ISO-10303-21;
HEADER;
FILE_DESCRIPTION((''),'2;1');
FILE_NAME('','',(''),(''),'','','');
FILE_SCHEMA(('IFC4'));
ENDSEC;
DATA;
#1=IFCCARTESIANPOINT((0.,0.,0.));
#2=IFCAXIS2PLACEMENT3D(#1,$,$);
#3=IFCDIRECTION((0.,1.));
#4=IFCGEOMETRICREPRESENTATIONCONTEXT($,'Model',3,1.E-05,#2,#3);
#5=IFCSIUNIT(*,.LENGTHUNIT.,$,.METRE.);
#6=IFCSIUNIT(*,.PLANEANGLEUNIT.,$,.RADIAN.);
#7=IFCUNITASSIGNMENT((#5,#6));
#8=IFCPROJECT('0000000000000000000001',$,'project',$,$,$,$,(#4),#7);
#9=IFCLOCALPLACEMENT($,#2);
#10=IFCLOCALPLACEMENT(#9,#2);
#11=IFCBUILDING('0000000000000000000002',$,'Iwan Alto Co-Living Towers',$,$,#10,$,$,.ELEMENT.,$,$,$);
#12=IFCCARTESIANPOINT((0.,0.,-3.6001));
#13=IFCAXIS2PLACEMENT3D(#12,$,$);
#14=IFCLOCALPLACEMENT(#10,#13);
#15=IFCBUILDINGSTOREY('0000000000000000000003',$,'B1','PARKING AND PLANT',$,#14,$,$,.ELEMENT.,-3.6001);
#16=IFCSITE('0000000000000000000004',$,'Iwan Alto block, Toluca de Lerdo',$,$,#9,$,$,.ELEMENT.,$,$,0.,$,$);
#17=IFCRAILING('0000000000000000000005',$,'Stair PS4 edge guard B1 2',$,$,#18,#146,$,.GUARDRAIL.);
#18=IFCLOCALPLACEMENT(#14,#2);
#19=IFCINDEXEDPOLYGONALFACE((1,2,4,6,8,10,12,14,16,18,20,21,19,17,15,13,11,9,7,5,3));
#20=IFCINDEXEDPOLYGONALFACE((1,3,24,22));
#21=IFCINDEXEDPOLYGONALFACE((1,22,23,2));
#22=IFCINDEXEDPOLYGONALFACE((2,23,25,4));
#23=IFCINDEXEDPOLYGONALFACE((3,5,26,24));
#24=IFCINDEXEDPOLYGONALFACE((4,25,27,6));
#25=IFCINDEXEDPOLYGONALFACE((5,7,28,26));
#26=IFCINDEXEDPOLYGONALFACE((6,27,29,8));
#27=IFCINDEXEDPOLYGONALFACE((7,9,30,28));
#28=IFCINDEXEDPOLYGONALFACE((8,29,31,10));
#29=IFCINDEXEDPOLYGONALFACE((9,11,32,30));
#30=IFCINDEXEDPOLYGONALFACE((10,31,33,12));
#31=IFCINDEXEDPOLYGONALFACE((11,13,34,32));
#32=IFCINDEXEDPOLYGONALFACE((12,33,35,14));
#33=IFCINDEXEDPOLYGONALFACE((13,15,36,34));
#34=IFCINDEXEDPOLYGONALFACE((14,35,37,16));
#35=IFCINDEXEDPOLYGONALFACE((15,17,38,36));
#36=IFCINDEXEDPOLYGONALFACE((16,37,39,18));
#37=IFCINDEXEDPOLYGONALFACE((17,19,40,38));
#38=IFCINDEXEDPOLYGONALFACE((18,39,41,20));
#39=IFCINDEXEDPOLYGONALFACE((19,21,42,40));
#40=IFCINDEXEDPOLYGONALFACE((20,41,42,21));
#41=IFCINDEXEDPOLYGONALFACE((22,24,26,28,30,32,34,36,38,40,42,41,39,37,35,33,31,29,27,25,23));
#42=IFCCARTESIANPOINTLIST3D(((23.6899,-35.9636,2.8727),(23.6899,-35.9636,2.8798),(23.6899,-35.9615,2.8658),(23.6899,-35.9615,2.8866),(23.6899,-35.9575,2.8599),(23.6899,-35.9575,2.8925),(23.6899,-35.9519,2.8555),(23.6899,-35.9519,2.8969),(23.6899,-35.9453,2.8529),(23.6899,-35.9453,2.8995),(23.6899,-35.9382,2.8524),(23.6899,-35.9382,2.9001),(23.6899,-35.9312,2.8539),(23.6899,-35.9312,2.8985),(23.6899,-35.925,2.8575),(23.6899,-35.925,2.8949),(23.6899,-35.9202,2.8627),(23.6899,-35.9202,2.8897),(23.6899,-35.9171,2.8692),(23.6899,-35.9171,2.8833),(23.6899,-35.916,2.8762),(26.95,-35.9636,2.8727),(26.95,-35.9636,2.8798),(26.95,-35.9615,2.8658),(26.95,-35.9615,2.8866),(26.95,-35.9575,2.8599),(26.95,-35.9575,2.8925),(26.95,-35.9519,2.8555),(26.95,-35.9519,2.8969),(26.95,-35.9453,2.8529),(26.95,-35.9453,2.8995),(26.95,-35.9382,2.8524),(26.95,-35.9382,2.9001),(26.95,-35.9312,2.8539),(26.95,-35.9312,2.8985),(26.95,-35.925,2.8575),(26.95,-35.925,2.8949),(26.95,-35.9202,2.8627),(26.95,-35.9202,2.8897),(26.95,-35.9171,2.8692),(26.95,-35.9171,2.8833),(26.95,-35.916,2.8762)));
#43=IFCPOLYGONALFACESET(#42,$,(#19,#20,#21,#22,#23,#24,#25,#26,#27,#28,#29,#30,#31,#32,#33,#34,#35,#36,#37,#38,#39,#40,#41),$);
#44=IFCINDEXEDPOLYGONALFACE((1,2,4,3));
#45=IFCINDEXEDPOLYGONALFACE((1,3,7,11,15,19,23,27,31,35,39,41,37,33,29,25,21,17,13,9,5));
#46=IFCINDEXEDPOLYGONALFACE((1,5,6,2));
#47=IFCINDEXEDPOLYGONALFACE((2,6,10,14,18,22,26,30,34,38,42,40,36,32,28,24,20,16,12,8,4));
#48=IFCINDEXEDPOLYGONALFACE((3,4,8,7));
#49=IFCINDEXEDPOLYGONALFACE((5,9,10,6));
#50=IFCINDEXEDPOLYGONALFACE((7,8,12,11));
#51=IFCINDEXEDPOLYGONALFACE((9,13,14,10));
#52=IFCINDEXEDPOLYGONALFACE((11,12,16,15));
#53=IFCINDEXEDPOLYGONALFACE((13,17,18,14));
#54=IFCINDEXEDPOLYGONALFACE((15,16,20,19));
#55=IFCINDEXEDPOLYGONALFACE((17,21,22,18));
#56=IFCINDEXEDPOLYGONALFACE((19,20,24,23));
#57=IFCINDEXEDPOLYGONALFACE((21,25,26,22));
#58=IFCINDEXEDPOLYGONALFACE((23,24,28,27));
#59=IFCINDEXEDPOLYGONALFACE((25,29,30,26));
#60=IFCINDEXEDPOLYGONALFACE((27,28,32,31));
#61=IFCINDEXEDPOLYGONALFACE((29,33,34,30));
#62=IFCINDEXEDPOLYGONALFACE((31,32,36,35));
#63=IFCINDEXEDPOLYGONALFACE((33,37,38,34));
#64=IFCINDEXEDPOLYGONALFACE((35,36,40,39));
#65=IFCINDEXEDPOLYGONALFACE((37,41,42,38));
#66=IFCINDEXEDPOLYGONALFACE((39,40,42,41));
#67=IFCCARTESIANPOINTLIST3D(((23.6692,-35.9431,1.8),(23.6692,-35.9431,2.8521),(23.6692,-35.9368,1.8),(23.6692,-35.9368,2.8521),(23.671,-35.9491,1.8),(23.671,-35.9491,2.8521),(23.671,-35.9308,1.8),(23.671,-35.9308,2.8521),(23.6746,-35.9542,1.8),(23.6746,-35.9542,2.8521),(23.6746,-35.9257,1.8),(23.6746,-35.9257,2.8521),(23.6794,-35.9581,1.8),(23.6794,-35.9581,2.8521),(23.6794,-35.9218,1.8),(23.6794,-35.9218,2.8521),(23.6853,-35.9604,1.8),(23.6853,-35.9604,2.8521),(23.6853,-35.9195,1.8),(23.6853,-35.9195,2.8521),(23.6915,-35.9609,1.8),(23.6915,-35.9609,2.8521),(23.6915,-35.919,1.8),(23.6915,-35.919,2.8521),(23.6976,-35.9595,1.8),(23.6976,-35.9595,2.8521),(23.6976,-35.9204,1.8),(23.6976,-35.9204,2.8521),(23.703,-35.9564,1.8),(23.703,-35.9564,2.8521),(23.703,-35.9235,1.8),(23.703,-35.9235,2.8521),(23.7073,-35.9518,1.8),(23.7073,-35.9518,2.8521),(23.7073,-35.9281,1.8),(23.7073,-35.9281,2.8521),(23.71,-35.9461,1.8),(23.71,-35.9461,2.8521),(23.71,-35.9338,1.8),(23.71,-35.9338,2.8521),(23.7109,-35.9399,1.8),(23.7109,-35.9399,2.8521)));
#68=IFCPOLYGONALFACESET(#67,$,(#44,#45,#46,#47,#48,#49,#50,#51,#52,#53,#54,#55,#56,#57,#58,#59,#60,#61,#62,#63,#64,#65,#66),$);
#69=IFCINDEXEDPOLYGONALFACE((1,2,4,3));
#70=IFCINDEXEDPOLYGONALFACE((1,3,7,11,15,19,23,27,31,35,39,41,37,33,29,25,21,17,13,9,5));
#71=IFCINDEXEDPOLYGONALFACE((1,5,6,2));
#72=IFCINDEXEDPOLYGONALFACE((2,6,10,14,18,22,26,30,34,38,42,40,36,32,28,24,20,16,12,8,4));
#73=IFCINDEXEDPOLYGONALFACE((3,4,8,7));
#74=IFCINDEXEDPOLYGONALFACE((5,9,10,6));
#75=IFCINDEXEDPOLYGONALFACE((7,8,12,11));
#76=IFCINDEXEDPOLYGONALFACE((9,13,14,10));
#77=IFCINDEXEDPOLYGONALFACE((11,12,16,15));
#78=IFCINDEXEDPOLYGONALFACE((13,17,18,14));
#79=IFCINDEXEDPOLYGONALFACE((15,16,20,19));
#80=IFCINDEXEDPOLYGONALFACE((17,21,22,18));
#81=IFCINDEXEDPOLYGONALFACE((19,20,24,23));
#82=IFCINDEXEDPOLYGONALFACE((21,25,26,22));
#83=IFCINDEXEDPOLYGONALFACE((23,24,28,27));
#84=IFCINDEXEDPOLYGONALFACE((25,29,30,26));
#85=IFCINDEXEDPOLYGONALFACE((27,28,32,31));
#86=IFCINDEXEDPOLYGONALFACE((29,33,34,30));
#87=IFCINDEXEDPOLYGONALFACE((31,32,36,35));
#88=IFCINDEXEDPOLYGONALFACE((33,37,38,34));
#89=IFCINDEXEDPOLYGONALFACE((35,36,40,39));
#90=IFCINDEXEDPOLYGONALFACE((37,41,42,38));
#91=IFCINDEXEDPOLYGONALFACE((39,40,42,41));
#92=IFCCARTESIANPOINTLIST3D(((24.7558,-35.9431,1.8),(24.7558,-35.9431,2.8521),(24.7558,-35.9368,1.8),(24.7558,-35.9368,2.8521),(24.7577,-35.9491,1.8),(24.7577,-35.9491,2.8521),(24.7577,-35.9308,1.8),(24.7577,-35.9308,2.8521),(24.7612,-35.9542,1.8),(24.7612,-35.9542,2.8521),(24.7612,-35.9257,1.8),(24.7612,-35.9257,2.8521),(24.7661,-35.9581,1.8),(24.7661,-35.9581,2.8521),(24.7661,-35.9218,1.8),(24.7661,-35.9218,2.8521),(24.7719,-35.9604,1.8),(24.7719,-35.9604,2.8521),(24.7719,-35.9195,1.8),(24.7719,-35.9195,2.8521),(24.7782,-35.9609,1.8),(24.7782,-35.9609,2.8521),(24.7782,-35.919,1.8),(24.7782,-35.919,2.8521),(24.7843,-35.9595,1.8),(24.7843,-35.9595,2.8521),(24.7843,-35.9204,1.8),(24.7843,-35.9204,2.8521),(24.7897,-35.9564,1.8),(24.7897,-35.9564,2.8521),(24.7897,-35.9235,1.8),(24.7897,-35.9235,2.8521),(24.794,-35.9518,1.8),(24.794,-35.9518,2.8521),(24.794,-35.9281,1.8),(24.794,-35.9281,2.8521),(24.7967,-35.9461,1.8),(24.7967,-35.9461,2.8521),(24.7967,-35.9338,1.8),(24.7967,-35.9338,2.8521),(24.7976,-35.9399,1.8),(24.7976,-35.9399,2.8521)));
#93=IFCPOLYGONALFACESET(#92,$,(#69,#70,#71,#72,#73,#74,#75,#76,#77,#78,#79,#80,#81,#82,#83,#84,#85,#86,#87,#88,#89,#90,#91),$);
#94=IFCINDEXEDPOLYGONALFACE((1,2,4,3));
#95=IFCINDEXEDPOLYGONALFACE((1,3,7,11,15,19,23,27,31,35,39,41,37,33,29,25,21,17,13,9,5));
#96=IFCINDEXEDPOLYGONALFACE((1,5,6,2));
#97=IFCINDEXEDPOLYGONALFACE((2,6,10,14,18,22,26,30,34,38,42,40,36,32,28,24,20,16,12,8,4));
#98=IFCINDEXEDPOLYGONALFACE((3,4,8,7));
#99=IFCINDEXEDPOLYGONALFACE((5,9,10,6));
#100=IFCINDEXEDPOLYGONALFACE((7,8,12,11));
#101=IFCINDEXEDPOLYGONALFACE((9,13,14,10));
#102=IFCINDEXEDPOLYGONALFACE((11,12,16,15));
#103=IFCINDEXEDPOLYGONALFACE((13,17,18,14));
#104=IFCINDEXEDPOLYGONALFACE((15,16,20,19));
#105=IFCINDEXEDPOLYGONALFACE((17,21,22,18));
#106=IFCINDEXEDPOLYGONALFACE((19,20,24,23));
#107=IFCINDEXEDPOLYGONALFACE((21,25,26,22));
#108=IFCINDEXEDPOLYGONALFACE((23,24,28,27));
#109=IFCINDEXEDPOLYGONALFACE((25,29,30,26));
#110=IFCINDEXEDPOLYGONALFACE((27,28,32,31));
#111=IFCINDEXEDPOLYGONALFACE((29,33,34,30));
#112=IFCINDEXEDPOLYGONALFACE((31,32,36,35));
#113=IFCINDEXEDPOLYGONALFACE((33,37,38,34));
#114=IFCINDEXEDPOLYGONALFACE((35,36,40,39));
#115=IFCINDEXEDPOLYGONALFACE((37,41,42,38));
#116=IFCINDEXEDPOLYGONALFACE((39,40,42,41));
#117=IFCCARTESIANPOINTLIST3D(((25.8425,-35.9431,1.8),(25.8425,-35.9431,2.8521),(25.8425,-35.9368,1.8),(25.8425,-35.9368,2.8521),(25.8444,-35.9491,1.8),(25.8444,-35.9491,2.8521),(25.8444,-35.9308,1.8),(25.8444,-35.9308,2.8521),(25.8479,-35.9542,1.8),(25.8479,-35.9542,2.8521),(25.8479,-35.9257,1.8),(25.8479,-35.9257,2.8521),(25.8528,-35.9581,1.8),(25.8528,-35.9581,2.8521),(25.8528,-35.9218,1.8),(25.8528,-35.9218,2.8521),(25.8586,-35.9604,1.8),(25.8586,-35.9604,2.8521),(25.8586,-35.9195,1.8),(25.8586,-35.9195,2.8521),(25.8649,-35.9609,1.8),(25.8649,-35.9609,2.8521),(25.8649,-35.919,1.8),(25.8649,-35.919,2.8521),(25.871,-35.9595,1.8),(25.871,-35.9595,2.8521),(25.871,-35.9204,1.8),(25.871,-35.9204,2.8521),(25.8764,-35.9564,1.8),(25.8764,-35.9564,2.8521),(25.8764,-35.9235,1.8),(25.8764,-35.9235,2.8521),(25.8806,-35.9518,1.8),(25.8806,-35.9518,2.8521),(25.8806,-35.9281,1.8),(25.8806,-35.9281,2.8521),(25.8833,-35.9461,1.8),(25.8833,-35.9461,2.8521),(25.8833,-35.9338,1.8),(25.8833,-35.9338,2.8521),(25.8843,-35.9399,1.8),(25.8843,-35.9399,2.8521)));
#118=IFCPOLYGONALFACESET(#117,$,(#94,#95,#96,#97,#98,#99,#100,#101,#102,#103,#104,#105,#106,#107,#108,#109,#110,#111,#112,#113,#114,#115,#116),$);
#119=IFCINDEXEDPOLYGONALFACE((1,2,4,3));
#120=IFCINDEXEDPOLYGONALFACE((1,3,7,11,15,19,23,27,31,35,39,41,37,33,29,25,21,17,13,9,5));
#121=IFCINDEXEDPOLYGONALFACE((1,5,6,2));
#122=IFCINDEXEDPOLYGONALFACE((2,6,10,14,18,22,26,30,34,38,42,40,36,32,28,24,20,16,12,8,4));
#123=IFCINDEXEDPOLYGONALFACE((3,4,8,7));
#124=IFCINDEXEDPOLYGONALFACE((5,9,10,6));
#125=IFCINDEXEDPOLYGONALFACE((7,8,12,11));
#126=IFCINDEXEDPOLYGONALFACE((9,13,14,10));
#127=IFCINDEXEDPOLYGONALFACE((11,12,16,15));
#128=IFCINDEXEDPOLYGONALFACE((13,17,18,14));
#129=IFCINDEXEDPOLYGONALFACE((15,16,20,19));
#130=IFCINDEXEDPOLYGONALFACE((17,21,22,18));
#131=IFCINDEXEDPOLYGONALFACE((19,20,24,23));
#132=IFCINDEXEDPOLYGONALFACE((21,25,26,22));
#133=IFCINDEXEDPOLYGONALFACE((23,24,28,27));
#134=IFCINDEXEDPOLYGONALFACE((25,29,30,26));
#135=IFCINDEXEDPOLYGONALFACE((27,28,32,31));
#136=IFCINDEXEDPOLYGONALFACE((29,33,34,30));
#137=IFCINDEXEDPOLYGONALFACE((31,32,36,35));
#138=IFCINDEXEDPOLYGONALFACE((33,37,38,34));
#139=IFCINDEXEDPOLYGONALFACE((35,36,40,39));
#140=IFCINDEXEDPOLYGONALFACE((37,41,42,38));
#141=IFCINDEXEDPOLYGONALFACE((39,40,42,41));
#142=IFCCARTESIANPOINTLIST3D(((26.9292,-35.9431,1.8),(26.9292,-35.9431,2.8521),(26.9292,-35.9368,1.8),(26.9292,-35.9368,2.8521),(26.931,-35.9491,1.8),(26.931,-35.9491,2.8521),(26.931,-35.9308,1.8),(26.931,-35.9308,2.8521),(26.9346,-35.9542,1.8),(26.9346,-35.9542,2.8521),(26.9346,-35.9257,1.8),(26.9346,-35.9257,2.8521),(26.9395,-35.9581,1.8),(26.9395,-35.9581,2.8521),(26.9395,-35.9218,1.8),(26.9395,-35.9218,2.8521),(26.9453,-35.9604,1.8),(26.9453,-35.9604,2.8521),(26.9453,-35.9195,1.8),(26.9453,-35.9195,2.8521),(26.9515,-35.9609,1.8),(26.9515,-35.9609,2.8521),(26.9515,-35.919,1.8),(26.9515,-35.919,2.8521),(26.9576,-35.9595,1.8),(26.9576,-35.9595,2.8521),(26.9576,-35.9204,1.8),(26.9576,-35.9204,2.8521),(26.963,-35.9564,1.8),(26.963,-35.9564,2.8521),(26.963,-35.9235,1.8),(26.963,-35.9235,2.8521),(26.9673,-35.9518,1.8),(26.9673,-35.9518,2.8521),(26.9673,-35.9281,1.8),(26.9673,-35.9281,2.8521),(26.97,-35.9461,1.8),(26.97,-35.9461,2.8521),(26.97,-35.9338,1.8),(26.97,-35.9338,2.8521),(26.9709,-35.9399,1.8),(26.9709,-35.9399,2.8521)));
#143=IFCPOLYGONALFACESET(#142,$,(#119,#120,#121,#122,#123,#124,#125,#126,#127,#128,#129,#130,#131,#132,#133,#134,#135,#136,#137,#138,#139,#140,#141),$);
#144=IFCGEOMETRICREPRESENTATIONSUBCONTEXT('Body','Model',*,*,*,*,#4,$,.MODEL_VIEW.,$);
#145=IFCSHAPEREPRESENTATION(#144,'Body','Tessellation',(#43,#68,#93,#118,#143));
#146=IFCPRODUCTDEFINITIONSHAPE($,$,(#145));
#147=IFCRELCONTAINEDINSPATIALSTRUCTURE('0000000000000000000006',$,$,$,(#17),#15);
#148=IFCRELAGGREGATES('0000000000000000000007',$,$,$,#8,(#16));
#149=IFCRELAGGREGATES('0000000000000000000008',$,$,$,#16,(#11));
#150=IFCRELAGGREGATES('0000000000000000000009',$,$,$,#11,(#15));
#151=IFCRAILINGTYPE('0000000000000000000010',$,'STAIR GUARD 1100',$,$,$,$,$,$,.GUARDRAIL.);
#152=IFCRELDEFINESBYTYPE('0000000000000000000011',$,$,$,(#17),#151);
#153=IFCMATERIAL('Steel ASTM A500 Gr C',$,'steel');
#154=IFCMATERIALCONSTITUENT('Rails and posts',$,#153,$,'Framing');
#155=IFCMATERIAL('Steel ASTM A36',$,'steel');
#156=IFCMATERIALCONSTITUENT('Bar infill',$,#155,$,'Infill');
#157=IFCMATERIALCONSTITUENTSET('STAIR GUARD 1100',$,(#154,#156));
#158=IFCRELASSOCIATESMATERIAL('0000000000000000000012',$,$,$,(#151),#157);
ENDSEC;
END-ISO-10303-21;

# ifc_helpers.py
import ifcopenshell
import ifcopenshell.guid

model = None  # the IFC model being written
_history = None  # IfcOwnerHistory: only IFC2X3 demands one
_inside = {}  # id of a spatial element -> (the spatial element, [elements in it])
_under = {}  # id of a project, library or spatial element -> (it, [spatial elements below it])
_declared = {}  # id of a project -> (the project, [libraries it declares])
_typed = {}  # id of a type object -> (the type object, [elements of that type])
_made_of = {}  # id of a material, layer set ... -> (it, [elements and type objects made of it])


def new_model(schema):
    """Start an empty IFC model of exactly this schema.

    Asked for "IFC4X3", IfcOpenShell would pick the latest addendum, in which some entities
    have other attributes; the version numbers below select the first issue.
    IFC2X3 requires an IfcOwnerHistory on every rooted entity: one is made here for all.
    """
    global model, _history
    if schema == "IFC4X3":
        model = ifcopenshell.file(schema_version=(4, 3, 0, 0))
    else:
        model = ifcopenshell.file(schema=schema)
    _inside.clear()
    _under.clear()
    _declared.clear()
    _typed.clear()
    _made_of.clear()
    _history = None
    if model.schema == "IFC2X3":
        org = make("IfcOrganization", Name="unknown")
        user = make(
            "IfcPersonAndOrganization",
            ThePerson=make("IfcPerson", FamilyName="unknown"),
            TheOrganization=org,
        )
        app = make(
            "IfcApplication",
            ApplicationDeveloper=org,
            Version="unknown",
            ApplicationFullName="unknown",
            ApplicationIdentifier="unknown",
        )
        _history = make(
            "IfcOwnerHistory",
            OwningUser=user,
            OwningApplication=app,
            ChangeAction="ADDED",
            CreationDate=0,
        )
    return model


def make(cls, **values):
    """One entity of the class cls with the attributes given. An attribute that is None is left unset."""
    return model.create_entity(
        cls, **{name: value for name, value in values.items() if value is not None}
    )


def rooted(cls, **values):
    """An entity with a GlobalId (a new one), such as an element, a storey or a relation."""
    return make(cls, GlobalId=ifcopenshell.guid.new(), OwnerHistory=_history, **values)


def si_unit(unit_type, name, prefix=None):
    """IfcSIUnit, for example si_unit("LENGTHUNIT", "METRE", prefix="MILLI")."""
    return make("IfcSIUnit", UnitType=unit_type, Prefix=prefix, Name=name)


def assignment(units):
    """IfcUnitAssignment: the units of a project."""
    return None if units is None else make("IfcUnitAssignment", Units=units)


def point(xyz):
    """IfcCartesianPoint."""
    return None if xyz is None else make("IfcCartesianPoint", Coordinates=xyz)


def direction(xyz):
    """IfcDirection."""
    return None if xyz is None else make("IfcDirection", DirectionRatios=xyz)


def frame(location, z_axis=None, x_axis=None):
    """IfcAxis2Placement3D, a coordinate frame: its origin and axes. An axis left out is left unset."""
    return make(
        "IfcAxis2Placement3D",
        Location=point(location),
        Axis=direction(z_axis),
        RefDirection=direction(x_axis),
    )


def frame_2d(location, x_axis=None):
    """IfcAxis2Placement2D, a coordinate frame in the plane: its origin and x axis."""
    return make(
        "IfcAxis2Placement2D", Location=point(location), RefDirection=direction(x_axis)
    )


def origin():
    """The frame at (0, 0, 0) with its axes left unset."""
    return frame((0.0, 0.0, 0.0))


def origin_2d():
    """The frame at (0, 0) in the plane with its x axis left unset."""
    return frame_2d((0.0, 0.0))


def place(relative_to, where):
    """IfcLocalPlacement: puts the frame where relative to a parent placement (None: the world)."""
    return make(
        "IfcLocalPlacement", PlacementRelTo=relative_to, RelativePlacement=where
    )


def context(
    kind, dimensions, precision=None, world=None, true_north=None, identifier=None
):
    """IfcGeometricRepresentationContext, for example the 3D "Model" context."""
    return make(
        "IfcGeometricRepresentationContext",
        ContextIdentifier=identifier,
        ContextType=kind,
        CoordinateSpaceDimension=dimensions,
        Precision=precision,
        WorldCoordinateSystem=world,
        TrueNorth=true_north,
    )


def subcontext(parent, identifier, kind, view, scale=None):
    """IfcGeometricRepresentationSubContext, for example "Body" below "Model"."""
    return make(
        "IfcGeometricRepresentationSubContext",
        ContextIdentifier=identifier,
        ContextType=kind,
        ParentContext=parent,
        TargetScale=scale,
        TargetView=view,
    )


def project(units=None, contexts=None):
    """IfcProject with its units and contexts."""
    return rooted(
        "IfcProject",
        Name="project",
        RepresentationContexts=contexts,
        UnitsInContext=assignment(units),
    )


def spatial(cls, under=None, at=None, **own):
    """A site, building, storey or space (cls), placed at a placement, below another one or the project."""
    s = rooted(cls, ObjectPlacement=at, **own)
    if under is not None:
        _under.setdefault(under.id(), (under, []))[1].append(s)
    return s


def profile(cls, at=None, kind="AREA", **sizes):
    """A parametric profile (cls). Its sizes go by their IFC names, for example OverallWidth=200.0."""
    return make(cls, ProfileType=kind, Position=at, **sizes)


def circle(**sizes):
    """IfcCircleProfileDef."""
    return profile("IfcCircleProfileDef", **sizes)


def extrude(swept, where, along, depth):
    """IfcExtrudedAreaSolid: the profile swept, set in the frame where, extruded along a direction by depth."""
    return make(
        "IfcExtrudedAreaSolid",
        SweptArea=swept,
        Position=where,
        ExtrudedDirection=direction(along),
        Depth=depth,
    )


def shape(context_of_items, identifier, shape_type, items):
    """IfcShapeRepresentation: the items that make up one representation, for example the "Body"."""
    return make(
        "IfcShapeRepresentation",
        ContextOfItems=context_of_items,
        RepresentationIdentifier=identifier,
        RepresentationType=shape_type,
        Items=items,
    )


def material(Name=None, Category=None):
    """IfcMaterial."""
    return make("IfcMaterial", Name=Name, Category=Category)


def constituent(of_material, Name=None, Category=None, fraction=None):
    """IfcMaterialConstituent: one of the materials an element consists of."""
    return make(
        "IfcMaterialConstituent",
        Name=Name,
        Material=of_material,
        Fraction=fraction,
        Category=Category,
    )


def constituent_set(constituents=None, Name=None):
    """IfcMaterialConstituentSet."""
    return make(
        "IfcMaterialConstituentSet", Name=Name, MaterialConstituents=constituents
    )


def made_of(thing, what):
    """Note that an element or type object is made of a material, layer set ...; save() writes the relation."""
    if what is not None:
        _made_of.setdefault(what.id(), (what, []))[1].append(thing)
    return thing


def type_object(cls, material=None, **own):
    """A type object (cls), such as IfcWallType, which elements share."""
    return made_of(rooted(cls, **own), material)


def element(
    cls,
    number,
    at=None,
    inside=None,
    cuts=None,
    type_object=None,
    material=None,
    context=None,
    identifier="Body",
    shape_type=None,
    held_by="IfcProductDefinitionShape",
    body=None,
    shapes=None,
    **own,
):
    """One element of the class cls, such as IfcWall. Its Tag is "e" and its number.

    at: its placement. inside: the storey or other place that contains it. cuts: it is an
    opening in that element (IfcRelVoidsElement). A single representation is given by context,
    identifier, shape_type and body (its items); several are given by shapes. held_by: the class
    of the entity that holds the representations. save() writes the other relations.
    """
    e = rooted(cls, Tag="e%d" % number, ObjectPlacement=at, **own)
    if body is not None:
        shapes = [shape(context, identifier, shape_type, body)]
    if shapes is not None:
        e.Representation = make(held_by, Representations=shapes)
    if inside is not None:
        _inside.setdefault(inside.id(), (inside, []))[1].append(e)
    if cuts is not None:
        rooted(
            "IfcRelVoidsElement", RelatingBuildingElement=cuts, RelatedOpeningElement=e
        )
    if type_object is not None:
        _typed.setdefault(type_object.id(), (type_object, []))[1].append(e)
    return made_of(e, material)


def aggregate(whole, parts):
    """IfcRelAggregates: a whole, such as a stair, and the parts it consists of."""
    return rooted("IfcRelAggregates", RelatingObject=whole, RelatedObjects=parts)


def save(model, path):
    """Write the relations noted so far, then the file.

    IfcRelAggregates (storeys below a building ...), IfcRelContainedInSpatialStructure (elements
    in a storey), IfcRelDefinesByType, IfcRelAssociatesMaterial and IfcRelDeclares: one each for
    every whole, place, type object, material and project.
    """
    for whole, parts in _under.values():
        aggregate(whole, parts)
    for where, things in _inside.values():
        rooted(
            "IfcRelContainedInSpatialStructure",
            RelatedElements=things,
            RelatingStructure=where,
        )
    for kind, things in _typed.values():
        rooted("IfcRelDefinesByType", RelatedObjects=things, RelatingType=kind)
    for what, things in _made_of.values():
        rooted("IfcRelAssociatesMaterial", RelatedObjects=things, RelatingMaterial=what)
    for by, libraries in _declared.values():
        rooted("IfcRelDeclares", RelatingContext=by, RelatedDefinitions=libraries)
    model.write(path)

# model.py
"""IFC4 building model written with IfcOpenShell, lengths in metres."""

from ifc_helpers import new_model, si_unit, direction, frame, origin, origin_2d, place, context, subcontext, project, spatial, circle, extrude, material, constituent, constituent_set, type_object, element, save


model = new_model("IFC4")

# Units and contexts
model_context = context("Model", 3, precision=1e-05, world=origin(), true_north=direction((0.0, 1.0)))
body_context = subcontext(model_context, "Body", "Model", "MODEL_VIEW")
ifc_project = project(units=[si_unit("LENGTHUNIT", "METRE"), si_unit("PLANEANGLEUNIT", "RADIAN")], contexts=[model_context])

# Site, building, storey
site_placement = place(None, origin())
site = spatial("IfcSite", under=ifc_project, at=site_placement, Name="Iwan Alto block, Toluca de Lerdo", CompositionType="ELEMENT", RefElevation=0.0)
building_placement = place(site_placement, origin())
building = spatial("IfcBuilding", under=site, at=building_placement, Name="Iwan Alto Co-Living Towers", CompositionType="ELEMENT")
storey_placement = place(building_placement, frame((0.0, 0.0, -3.6001)))
storey = spatial("IfcBuildingStorey", under=building, at=storey_placement, Name="B1", Description="PARKING AND PLANT", CompositionType="ELEMENT", Elevation=-3.6001)

# Shared definitions
ifc_material_1 = material(Name="Steel ASTM A36", Category="steel")

# Railing
ifc_material_2 = material(Name="Steel ASTM A500 Gr C", Category="steel")
ifc_constituent_1 = constituent(ifc_material_2, Name="Rails and posts", Category="Framing")
ifc_constituent_2 = constituent(ifc_material_1, Name="Bar infill", Category="Infill")
ifc_constituent_set_1 = constituent_set(constituents=[ifc_constituent_1, ifc_constituent_2], Name="STAIR GUARD 1100")
railing_type_1 = type_object("IfcRailingType", Name="STAIR GUARD 1100", PredefinedType="GUARDRAIL", material=ifc_constituent_set_1)
railing_1_placement = place(storey_placement, frame((23.6899, -35.9399, 1.8)))
element("IfcRailing", 1, at=railing_1_placement, inside=storey, type_object=railing_type_1, Name="Stair PS4 edge guard B1 2", PredefinedType="GUARDRAIL", context=body_context, shape_type="SweptSolid", body=[
    extrude(circle(Radius=0.0239, at=origin_2d()), frame((0.0, 0.0, 1.0762), z_axis=(1.0, 0.0, 0.0), x_axis=(0.0, 1.0, 0.0)), (0.0, 0.0, 1.0), 3.26),
    extrude(circle(Radius=0.021, at=origin_2d()), origin(), (0.0, 0.0, 1.0), 1.052),
    extrude(circle(Radius=0.021, at=origin_2d()), frame((1.0867, 0.0, 0.0)), (0.0, 0.0, 1.0), 1.052),
    extrude(circle(Radius=0.021, at=origin_2d()), frame((2.1733, 0.0, 0.0)), (0.0, 0.0, 1.0), 1.052),
    extrude(circle(Radius=0.021, at=origin_2d()), frame((3.26, 0.0, 0.0)), (0.0, 0.0, 1.0), 1.052),
])

save(model, "model.ifc")
